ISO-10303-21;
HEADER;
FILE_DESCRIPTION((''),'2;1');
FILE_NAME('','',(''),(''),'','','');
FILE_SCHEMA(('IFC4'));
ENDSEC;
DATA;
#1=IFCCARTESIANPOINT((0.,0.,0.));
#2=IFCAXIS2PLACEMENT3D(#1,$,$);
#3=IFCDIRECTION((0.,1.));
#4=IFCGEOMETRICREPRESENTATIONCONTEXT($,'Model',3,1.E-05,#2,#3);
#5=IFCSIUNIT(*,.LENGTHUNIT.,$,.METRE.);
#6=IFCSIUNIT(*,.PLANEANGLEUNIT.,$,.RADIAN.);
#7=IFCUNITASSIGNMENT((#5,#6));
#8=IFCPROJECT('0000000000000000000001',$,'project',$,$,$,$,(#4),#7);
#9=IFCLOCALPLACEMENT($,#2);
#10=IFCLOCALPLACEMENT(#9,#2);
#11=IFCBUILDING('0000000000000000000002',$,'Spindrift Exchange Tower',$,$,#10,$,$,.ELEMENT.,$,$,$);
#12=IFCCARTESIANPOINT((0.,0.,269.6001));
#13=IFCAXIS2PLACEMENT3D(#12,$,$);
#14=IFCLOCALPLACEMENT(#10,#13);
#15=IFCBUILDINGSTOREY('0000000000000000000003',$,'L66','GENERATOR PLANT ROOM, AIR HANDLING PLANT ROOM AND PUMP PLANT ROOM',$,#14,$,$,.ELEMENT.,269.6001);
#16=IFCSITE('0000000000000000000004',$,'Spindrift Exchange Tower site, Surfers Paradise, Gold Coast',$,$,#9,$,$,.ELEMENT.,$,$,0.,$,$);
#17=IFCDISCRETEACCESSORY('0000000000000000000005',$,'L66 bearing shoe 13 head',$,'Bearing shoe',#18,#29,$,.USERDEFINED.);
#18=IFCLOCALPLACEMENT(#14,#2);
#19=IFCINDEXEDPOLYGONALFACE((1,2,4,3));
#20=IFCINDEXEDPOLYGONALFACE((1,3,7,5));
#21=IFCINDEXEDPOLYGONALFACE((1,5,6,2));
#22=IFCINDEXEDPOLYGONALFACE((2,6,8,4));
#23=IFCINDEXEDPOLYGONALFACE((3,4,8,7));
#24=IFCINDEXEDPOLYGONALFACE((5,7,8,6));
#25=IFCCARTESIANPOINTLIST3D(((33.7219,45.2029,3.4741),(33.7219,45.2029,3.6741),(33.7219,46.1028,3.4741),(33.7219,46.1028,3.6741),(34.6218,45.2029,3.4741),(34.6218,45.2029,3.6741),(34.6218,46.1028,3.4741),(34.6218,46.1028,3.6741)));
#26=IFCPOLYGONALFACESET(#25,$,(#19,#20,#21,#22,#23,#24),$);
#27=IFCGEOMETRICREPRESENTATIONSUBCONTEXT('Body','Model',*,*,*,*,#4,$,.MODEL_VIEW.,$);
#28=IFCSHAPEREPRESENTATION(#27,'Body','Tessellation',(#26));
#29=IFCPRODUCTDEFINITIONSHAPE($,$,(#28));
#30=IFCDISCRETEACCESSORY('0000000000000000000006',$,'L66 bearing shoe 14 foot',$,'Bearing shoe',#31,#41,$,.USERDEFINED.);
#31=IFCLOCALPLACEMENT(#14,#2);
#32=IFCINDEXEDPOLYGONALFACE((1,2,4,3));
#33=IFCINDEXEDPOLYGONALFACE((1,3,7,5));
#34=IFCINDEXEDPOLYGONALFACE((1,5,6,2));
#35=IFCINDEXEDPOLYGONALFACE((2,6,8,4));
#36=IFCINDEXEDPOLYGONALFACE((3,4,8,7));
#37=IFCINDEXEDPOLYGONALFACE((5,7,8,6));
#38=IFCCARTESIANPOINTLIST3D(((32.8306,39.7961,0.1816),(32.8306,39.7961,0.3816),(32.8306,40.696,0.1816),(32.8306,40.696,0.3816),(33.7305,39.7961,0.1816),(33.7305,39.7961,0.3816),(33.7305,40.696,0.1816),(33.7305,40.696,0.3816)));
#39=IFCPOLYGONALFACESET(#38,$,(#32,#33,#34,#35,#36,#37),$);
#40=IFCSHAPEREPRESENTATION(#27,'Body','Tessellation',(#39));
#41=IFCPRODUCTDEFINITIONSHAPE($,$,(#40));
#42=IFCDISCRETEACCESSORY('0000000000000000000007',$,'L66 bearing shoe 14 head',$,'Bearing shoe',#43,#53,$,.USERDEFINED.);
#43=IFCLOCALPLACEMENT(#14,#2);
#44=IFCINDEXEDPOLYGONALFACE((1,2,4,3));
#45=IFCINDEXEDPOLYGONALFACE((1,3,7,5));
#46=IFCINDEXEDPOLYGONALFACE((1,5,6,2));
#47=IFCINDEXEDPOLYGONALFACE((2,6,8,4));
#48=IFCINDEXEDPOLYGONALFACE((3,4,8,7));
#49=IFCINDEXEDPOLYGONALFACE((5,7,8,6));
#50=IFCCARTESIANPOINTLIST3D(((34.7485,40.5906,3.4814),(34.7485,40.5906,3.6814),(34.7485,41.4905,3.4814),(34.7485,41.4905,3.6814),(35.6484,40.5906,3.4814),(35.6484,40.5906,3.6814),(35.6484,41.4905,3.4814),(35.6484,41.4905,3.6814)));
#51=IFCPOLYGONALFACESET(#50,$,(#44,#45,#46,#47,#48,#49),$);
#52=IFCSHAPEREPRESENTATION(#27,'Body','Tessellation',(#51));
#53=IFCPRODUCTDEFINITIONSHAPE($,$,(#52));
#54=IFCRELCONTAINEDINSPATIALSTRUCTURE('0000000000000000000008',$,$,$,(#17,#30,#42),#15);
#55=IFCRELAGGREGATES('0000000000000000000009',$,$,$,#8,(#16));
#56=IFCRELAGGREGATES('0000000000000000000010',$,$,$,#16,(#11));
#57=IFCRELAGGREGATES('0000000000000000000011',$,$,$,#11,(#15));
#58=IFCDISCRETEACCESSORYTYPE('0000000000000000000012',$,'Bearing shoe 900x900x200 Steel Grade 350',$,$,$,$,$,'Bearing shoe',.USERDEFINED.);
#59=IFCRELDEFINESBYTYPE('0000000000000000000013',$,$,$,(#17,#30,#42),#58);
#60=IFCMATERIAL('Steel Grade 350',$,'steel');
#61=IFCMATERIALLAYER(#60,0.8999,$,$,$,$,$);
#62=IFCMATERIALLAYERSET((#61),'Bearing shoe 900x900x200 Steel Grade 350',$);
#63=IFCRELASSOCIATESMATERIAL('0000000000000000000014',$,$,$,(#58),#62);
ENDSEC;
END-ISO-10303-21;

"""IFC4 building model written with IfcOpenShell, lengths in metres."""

from ifc_helpers import new_model, si_unit, direction, frame, origin, origin_2d, place, context, subcontext, project, spatial, rectangle, extrude, source, transform, mapped, material, layer, layer_set, type_object, element, save


model = new_model("IFC4")

# Units and contexts
model_context = context("Model", 3, precision=1e-05, world=origin(), true_north=direction((0.0, 1.0)))
body_context = subcontext(model_context, "Body", "Model", "MODEL_VIEW")
ifc_project = project(units=[si_unit("LENGTHUNIT", "METRE"), si_unit("PLANEANGLEUNIT", "RADIAN")], contexts=[model_context])

# Site, building, storey
site_placement = place(None, origin())
site = spatial("IfcSite", under=ifc_project, at=site_placement, Name="Spindrift Exchange Tower site, Surfers Paradise, Gold Coast", CompositionType="ELEMENT", RefElevation=0.0)
building_placement = place(site_placement, origin())
building = spatial("IfcBuilding", under=site, at=building_placement, Name="Spindrift Exchange Tower", CompositionType="ELEMENT")
storey_placement = place(building_placement, frame((0.0, 0.0, 269.6001)))
storey = spatial("IfcBuildingStorey", under=building, at=storey_placement, Name="L66", Description="GENERATOR PLANT ROOM, AIR HANDLING PLANT ROOM AND PUMP PLANT ROOM", CompositionType="ELEMENT", Elevation=269.6001)

# Discrete accessories
ifc_material_1 = material(Name="Steel Grade 350", Category="steel")
ifc_layer_1 = layer(ifc_material_1, 0.8999)
ifc_layer_set_1 = layer_set([ifc_layer_1], Name="Bearing shoe 900x900x200 Steel Grade 350")
discrete_accessory_type = type_object("IfcDiscreteAccessoryType", Name="Bearing shoe 900x900x200 Steel Grade 350", ElementType="Bearing shoe", PredefinedType="USERDEFINED", material=ifc_layer_set_1)
shared_shape_1 = source(origin(), body_context, "Body", "SweptSolid", [
    extrude(rectangle(XDim=0.8999, YDim=0.8999, at=origin_2d()), origin(), (0.0, 0.0, 1.0), 0.2),
])
for number, where, z_axis, x_axis, name in (
    (1, (34.1719, 45.6528, 3.4741), (0.0, 0.0, 1.0), (1.0, 0.0, 0.0), "L66 bearing shoe 13 head"),
    (2, (33.2805, 40.2461, 0.1816), (0.0, 0.0, 1.0), (1.0, 0.0, 0.0), "L66 bearing shoe 14 foot"),
    (3, (35.1985, 41.0405, 3.4814), (0.0, 0.0, 1.0), (1.0, 0.0, 0.0), "L66 bearing shoe 14 head"),
):
    element("IfcDiscreteAccessory", number, at=place(storey_placement, frame(where, z_axis=z_axis, x_axis=x_axis)), inside=storey, type_object=discrete_accessory_type, Name=name, ObjectType="Bearing shoe", PredefinedType="USERDEFINED", context=body_context, shape_type="MappedRepresentation", body=[
        mapped(shared_shape_1, transform((0.0, 0.0, 0.0), scale=1.0)),
    ])

save(model, "model.ifc")
